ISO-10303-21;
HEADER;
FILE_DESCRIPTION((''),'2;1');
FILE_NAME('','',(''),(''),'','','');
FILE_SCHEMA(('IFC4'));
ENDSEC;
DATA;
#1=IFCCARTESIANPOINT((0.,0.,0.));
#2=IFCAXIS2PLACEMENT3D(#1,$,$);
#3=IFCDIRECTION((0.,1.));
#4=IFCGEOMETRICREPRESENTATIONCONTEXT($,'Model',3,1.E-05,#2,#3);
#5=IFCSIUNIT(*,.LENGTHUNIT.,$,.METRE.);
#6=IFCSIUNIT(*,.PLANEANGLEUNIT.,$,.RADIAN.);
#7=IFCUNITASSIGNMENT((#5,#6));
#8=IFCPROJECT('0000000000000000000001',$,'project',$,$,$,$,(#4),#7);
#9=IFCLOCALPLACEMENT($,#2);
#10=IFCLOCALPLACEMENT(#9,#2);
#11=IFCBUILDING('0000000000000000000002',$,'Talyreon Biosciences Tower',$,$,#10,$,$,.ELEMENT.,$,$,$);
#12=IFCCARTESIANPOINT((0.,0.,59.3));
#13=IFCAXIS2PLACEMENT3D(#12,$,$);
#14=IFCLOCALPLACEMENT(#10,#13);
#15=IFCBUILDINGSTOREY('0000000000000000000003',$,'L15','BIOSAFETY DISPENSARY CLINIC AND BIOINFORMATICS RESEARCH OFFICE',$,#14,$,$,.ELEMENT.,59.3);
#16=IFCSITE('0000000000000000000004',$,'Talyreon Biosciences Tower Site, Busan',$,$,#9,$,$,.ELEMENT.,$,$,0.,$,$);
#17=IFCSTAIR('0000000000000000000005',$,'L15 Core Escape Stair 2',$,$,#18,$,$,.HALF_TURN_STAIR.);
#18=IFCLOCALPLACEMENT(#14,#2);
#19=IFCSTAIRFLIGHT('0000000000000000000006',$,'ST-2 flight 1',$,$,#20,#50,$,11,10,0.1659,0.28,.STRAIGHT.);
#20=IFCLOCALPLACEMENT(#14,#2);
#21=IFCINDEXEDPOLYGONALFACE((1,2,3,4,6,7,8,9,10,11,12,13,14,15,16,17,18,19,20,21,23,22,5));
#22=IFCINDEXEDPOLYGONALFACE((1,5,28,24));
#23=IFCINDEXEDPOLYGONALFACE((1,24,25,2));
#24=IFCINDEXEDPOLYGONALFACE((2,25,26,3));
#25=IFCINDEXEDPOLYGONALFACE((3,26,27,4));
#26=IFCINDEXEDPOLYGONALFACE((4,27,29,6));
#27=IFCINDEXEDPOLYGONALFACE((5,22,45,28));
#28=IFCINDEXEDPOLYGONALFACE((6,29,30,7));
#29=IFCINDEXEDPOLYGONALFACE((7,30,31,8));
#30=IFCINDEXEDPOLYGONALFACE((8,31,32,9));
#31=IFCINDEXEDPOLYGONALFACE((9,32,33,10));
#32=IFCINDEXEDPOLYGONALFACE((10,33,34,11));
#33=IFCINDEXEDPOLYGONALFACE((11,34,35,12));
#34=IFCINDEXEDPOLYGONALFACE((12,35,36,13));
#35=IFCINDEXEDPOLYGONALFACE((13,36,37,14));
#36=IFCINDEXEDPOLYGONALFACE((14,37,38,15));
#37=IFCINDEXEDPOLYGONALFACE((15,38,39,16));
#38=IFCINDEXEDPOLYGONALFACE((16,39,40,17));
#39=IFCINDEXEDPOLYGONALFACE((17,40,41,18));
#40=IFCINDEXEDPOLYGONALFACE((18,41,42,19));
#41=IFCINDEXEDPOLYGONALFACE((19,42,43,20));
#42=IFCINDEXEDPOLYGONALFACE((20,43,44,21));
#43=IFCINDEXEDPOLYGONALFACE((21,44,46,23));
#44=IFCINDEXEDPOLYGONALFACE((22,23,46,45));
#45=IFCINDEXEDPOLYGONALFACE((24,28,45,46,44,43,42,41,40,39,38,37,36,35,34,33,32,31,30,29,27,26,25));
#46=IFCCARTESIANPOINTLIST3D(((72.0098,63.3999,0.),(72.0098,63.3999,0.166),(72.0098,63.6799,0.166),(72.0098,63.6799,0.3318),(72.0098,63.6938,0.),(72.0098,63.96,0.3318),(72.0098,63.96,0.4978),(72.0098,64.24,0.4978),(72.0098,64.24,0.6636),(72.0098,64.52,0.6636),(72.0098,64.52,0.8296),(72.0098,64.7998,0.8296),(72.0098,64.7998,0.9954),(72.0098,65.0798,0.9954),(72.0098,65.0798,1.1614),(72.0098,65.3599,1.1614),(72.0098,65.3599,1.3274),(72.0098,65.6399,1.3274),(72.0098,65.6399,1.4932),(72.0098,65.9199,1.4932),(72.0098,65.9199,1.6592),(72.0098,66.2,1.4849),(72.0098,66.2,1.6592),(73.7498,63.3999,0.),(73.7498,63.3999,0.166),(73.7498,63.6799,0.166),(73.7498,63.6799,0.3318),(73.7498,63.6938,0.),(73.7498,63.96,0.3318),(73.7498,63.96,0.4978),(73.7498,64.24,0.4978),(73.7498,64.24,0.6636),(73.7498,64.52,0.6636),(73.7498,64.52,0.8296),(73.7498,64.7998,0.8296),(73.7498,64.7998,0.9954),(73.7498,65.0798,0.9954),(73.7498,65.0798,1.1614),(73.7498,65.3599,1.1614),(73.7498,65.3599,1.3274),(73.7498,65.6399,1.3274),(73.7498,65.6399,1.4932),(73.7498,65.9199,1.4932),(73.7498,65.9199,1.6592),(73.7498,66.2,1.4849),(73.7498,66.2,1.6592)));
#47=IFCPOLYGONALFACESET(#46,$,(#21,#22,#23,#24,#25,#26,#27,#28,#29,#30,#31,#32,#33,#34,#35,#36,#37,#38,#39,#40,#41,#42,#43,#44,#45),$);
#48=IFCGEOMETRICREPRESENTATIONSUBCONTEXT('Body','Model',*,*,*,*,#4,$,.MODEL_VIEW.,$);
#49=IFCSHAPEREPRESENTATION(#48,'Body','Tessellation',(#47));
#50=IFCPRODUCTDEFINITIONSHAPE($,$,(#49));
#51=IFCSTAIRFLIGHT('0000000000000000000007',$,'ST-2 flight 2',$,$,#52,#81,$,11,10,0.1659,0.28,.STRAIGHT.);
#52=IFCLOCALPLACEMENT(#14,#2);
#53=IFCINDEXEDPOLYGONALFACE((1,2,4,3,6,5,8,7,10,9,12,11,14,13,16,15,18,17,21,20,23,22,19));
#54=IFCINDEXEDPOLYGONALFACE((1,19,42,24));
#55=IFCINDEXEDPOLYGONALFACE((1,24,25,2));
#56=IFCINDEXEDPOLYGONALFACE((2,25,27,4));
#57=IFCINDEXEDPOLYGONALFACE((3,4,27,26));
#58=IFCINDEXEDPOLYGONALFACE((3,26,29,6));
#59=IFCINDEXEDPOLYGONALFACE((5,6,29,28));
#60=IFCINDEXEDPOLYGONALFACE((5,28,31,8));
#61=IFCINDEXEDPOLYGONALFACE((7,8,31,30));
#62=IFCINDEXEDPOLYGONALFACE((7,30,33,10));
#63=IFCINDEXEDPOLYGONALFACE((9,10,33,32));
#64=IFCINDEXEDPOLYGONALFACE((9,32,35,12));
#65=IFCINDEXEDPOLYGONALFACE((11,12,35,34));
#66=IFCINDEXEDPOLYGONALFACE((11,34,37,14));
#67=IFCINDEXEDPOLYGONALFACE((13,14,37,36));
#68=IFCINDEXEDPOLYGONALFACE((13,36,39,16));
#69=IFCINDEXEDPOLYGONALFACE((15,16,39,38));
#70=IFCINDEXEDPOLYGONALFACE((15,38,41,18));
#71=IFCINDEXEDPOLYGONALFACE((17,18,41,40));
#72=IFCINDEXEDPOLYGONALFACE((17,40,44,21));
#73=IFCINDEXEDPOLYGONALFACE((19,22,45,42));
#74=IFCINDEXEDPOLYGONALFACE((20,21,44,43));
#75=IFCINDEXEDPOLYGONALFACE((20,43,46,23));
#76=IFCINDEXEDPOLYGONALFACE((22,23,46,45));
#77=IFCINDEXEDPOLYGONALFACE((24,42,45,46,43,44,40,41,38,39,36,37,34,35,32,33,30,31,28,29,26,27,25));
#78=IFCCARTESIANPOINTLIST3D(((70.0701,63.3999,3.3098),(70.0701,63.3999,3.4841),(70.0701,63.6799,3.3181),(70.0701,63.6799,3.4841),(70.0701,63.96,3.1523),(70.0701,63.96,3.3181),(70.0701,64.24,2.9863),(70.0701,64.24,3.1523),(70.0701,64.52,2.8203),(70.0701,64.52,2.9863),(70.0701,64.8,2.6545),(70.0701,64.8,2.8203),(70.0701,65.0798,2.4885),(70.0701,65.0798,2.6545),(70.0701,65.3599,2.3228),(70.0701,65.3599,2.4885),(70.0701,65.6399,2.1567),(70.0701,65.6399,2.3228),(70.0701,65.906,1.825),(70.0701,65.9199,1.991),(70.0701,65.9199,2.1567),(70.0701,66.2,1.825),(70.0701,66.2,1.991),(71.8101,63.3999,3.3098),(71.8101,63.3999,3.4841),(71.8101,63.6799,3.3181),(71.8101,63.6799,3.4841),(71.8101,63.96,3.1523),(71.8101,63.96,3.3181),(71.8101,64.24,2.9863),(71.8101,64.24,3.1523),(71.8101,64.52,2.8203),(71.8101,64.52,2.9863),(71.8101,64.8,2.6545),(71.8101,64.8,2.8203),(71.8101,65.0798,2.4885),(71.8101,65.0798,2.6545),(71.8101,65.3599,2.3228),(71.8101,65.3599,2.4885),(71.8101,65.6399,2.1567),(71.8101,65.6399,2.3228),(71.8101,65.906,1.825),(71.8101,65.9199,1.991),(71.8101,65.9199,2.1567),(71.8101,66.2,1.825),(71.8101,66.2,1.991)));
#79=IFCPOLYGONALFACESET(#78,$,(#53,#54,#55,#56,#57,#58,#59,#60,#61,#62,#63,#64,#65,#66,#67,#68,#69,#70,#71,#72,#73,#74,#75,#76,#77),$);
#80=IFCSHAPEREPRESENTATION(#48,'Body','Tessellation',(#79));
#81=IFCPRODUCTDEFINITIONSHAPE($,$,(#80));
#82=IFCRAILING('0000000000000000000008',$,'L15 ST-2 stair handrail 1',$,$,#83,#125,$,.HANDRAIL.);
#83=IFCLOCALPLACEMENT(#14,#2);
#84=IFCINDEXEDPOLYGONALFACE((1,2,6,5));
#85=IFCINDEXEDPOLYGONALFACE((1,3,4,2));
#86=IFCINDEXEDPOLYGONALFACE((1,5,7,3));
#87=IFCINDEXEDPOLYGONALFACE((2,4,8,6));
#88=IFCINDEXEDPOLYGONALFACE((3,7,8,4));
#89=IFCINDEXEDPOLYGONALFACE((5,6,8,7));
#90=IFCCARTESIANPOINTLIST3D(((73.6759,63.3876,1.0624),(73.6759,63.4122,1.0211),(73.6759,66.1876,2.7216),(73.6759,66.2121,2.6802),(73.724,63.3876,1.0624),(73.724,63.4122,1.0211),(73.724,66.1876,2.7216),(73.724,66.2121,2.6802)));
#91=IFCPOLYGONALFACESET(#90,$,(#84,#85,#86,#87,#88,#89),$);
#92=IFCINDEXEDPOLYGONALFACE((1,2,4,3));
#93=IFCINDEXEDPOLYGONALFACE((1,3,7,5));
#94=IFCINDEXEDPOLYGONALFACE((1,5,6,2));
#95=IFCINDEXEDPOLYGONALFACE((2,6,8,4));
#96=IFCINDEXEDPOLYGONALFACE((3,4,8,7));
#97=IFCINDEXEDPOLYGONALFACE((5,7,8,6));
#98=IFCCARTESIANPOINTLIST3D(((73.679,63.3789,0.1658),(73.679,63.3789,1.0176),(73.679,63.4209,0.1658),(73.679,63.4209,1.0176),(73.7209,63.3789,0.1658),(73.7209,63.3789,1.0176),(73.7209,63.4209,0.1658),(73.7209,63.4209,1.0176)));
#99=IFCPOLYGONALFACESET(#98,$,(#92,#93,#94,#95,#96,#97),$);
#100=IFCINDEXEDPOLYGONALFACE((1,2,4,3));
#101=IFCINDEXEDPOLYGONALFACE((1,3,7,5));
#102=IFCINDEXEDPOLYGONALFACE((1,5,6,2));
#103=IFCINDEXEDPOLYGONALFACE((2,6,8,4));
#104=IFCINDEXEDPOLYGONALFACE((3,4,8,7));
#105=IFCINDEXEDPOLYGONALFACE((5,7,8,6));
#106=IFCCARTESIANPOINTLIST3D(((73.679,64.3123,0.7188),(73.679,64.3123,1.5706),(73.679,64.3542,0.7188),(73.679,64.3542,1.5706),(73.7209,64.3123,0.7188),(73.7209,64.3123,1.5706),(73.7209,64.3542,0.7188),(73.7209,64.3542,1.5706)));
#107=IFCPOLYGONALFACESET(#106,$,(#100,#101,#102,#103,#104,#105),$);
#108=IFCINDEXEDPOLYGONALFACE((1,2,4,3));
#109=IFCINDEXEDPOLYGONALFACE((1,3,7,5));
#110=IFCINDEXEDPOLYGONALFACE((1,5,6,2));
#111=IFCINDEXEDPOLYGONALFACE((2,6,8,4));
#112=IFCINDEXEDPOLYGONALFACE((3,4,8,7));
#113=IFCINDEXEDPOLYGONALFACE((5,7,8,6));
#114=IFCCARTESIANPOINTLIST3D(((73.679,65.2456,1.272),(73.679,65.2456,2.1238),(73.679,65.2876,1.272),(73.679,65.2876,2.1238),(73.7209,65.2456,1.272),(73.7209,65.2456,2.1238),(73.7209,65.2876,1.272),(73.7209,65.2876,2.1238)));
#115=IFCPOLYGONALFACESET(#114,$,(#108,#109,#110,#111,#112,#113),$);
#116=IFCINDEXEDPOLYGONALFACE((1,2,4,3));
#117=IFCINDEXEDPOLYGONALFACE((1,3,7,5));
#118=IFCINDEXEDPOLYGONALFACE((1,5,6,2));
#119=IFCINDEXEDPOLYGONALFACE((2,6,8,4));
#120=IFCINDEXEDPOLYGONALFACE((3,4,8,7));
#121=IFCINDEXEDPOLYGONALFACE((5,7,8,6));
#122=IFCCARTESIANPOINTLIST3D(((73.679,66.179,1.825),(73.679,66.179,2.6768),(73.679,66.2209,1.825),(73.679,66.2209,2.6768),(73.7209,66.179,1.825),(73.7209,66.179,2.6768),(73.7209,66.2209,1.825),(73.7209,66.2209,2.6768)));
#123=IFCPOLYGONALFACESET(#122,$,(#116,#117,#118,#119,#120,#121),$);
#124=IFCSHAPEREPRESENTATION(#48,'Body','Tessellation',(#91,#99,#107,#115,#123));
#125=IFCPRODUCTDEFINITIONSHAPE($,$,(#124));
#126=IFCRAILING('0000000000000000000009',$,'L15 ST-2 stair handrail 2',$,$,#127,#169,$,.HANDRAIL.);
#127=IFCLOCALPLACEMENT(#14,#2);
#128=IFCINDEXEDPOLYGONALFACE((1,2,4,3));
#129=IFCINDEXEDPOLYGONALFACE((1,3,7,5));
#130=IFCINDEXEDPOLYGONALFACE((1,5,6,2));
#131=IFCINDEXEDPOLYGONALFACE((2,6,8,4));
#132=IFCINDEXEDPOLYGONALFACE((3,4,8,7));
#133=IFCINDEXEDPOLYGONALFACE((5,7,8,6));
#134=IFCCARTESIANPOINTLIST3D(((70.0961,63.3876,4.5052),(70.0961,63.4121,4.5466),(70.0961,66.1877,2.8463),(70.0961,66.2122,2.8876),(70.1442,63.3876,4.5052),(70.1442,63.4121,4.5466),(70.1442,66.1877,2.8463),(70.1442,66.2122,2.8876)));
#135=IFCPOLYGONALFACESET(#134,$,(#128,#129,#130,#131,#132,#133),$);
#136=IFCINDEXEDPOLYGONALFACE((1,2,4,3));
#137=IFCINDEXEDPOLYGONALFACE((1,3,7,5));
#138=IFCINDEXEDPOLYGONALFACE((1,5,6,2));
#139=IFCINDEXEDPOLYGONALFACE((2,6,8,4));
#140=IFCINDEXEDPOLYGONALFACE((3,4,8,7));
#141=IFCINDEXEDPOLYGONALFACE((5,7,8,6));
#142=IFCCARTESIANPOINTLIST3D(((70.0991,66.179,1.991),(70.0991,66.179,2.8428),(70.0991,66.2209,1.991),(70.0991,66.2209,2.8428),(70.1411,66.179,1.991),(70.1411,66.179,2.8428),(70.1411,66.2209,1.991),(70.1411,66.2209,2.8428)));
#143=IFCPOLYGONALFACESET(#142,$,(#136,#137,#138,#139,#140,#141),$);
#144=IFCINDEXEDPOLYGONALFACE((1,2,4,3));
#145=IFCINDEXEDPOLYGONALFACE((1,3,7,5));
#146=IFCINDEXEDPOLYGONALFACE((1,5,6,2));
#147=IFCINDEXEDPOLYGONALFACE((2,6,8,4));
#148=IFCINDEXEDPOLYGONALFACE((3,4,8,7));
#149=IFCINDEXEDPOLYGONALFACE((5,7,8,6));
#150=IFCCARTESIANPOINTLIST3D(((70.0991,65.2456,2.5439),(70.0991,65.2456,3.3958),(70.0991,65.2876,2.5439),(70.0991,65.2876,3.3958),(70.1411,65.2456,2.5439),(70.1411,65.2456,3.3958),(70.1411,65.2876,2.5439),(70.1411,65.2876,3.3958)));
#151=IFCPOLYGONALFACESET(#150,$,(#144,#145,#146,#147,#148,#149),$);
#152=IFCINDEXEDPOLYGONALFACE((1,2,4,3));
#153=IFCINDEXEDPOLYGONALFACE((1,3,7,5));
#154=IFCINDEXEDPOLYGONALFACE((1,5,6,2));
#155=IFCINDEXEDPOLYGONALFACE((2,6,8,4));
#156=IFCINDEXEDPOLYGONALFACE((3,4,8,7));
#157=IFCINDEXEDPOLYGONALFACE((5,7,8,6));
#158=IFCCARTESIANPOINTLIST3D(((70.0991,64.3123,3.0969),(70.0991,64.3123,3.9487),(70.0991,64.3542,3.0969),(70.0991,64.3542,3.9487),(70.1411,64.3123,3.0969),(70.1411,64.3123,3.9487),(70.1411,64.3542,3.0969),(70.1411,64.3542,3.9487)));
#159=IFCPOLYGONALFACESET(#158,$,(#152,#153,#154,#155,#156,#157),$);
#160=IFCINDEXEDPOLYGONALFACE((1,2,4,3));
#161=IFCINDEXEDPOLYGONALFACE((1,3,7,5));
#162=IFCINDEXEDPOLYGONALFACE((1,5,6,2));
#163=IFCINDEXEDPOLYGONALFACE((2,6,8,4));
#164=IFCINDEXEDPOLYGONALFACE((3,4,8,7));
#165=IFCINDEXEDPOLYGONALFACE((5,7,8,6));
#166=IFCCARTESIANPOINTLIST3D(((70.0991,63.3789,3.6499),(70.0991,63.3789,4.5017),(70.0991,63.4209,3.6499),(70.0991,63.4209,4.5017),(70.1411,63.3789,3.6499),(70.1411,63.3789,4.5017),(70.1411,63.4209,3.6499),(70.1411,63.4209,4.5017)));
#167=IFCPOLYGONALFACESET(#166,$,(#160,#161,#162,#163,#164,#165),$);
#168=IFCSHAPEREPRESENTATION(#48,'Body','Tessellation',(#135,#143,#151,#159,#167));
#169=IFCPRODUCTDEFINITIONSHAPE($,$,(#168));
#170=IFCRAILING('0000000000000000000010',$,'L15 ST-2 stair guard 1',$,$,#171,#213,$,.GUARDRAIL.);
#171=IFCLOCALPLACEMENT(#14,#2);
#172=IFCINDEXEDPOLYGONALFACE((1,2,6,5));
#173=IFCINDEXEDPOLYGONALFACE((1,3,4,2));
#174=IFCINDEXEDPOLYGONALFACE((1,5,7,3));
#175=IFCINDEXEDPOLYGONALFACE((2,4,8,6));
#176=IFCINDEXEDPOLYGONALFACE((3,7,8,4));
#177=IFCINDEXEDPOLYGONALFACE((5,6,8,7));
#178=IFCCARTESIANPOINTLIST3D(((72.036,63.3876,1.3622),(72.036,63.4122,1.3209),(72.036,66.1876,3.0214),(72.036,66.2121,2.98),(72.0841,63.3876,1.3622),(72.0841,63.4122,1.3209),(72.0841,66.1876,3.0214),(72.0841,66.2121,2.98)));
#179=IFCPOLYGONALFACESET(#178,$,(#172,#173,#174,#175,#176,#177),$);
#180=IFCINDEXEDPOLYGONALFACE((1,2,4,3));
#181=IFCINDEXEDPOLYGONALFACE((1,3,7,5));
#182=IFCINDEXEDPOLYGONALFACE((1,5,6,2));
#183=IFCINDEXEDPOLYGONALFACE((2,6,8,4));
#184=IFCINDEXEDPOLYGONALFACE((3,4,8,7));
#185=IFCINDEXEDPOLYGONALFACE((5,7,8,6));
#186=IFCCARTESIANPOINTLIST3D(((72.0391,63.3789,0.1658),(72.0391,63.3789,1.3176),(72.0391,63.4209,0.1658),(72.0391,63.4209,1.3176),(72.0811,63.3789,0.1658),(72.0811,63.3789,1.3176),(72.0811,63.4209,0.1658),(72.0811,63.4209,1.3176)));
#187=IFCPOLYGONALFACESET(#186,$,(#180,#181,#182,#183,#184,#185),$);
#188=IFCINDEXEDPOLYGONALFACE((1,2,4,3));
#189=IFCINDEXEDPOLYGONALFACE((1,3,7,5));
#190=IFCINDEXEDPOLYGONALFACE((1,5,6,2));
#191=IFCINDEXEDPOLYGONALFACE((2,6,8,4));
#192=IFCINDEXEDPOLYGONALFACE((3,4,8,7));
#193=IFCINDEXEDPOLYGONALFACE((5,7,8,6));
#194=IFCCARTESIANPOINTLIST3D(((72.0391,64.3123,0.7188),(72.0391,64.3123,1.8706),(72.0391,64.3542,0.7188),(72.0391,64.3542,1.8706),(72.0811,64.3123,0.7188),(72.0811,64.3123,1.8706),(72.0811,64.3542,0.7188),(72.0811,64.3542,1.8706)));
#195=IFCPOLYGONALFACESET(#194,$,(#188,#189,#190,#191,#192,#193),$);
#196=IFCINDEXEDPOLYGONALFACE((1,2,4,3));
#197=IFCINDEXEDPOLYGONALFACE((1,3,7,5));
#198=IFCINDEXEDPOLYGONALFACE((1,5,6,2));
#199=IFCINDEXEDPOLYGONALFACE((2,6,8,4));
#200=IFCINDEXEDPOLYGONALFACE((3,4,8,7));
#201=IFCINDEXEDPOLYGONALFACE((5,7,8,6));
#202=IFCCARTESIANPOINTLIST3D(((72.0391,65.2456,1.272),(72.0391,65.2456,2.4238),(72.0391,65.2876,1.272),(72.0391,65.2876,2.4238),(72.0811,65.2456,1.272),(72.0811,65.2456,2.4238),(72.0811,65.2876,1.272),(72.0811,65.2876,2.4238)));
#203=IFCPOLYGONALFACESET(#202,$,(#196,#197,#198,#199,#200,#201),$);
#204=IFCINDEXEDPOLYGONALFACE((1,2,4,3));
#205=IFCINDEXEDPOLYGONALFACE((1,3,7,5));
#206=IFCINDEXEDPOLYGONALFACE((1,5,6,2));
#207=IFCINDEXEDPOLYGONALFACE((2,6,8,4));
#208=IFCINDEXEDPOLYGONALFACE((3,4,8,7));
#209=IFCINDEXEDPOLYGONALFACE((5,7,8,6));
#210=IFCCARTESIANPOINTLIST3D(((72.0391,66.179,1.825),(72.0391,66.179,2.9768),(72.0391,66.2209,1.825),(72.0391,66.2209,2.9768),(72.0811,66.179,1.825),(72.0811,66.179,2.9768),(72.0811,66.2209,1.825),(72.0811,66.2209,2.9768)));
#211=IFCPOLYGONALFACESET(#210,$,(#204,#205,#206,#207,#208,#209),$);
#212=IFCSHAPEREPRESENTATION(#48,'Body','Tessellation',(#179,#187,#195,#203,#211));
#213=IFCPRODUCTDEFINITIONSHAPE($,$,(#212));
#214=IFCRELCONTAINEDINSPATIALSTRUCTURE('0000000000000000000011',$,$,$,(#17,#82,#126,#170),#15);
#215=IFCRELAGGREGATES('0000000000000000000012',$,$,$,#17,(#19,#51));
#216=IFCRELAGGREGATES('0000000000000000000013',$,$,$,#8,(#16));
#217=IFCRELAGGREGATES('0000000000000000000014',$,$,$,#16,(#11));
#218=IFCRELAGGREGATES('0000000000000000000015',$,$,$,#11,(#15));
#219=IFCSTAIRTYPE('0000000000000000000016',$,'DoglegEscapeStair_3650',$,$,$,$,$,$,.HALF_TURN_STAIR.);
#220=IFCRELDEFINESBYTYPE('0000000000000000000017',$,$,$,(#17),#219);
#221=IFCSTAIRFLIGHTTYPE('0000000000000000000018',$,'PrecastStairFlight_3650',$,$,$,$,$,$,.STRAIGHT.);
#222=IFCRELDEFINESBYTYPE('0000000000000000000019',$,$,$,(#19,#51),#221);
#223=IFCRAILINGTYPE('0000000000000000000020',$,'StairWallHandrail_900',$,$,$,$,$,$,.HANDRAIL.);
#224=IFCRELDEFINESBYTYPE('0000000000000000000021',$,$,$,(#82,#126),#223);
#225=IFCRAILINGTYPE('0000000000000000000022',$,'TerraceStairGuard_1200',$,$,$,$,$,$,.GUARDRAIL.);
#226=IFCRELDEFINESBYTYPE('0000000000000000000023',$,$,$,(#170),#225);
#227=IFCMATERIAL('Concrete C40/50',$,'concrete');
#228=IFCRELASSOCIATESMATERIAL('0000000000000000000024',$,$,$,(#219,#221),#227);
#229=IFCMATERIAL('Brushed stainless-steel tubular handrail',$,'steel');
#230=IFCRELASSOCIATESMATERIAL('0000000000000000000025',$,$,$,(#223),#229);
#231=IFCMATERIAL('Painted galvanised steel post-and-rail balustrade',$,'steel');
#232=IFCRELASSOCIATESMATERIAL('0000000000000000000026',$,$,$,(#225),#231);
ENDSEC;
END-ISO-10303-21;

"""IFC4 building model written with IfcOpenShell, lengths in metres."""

from ifc_helpers import new_model, si_unit, direction, frame, origin, origin_2d, place, context, subcontext, project, spatial, polyline, rectangle, outline, extrude, material, type_object, element, aggregate, save


model = new_model("IFC4")

# Units and contexts
model_context = context("Model", 3, precision=1e-05, world=origin(), true_north=direction((0.0, 1.0)))
body_context = subcontext(model_context, "Body", "Model", "MODEL_VIEW")
ifc_project = project(units=[si_unit("LENGTHUNIT", "METRE"), si_unit("PLANEANGLEUNIT", "RADIAN")], contexts=[model_context])

# Site, building, storey
site_placement = place(None, origin())
site = spatial("IfcSite", under=ifc_project, at=site_placement, Name="Talyreon Biosciences Tower Site, Busan", CompositionType="ELEMENT", RefElevation=0.0)
building_placement = place(site_placement, origin())
building = spatial("IfcBuilding", under=site, at=building_placement, Name="Talyreon Biosciences Tower", CompositionType="ELEMENT")
storey_placement = place(building_placement, frame((0.0, 0.0, 59.3)))
storey = spatial("IfcBuildingStorey", under=building, at=storey_placement, Name="L15", Description="BIOSAFETY DISPENSARY CLINIC AND BIOINFORMATICS RESEARCH OFFICE", CompositionType="ELEMENT", Elevation=59.3)

# Stair, stair flights
ifc_material_1 = material(Name="Concrete C40/50", Category="concrete")
stair_type = type_object("IfcStairType", Name="DoglegEscapeStair_3650", PredefinedType="HALF_TURN_STAIR", material=ifc_material_1)
stair_placement = place(storey_placement, origin())
stair = element("IfcStair", 1, at=stair_placement, inside=storey, type_object=stair_type, Name="L15 Core Escape Stair 2", PredefinedType="HALF_TURN_STAIR")
stair_flight_type = type_object("IfcStairFlightType", Name="PrecastStairFlight_3650", PredefinedType="STRAIGHT", material=ifc_material_1)
stair_flight_1_placement = place(storey_placement, frame((72.8799, 63.3999, 0.0), z_axis=(0.0, 0.0, 1.0), x_axis=(0.0, 1.0, 0.0)))
stair_flight_1 = element("IfcStairFlight", 2, at=stair_flight_1_placement, type_object=stair_flight_type, Name="ST-2 flight 1", NumberOfRisers=11, NumberOfTreads=10, PredefinedType="STRAIGHT", RiserHeight=0.1659, TreadLength=0.28, context=body_context, shape_type="SweptSolid", body=[
    extrude(outline(polyline([(0.0, 0.0), (0.0, 0.166), (0.28, 0.166), (0.28, 0.3318), (0.5601, 0.3318), (0.5601, 0.4978), (0.8401, 0.4978), (0.8401, 0.6636), (1.1201, 0.6636), (1.1201, 0.8296), (1.3999, 0.8296), (1.3999, 0.9954), (1.6799, 0.9954), (1.6799, 1.1614), (1.96, 1.1614), (1.96, 1.3274), (2.24, 1.3274), (2.24, 1.4932), (2.52, 1.4932), (2.52, 1.6592), (2.8, 1.6592), (2.8, 1.825), (2.8, 1.4849), (0.2939, 0.0), (0.0, 0.0)])), frame((0.0, 0.8701, 0.0), z_axis=(0.0, -1.0, 0.0), x_axis=(1.0, 0.0, 0.0)), (0.0, 0.0, 1.0), 1.74),
])
stair_flight_2_placement = place(storey_placement, frame((70.9399, 66.2, 1.825), z_axis=(0.0, 0.0, 1.0), x_axis=(0.0, -1.0, 0.0)))
stair_flight_2 = element("IfcStairFlight", 3, at=stair_flight_2_placement, type_object=stair_flight_type, Name="ST-2 flight 2", NumberOfRisers=11, NumberOfTreads=10, PredefinedType="STRAIGHT", RiserHeight=0.1659, TreadLength=0.28, context=body_context, shape_type="SweptSolid", body=[
    extrude(outline(polyline([(0.0, 0.0), (0.0, 0.166), (0.28, 0.166), (0.28, 0.3318), (0.5601, 0.3318), (0.5601, 0.4978), (0.8401, 0.4978), (0.8401, 0.6636), (1.1201, 0.6636), (1.1201, 0.8296), (1.3999, 0.8296), (1.3999, 0.9954), (1.6799, 0.9954), (1.6799, 1.1614), (1.96, 1.1614), (1.96, 1.3274), (2.24, 1.3274), (2.24, 1.4932), (2.52, 1.4932), (2.52, 1.6592), (2.8, 1.6592), (2.8, 1.825), (2.8, 1.4849), (0.2939, 0.0), (0.0, 0.0)])), frame((0.0, 0.8701, 0.0), z_axis=(0.0, -1.0, 0.0), x_axis=(1.0, 0.0, 0.0)), (0.0, 0.0, 1.0), 1.74),
])
aggregate(stair, [stair_flight_1, stair_flight_2])

# Railings
ifc_material_2 = material(Name="Brushed stainless-steel tubular handrail", Category="steel")
railing_type_1 = type_object("IfcRailingType", Name="StairWallHandrail_900", PredefinedType="HANDRAIL", material=ifc_material_2)
railing_1_placement = place(storey_placement, frame((73.7, 63.3999, 0.1658)))
element("IfcRailing", 4, at=railing_1_placement, inside=storey, type_object=railing_type_1, Name="L15 ST-2 stair handrail 1", PredefinedType="HANDRAIL", context=body_context, shape_type="SweptSolid", body=[
    extrude(rectangle(XDim=0.0481, YDim=0.0481, at=origin_2d()), frame((0.0, 0.0, 0.876), z_axis=(0.0, 0.860306, 0.509778), x_axis=(-1.0, 0.0, 0.0)), (0.0, 0.0, 1.0), 3.2546),
    extrude(rectangle(XDim=0.042, YDim=0.042, at=origin_2d()), origin(), (0.0, 0.0, 1.0), 0.8518),
    extrude(rectangle(XDim=0.042, YDim=0.042, at=origin_2d()), frame((0.0, 0.9333, 0.553)), (0.0, 0.0, 1.0), 0.8518),
    extrude(rectangle(XDim=0.042, YDim=0.042, at=origin_2d()), frame((0.0, 1.8667, 1.1062)), (0.0, 0.0, 1.0), 0.8518),
    extrude(rectangle(XDim=0.042, YDim=0.042, at=origin_2d()), frame((0.0, 2.8, 1.6592)), (0.0, 0.0, 1.0), 0.8518),
])
railing_2_placement = place(storey_placement, frame((70.1201, 66.2, 1.991)))
element("IfcRailing", 5, at=railing_2_placement, inside=storey, type_object=railing_type_1, Name="L15 ST-2 stair handrail 2", PredefinedType="HANDRAIL", context=body_context, shape_type="SweptSolid", body=[
    extrude(rectangle(XDim=0.0481, YDim=0.0481, at=origin_2d()), frame((0.0, 0.0, 0.876), z_axis=(0.0, -0.860339, 0.509722), x_axis=(1.0, 0.0, 0.0)), (0.0, 0.0, 1.0), 3.2546),
    extrude(rectangle(XDim=0.042, YDim=0.042, at=origin_2d()), origin(), (0.0, 0.0, 1.0), 0.8518),
    extrude(rectangle(XDim=0.042, YDim=0.042, at=origin_2d()), frame((0.0, -0.9333, 0.553)), (0.0, 0.0, 1.0), 0.8518),
    extrude(rectangle(XDim=0.042, YDim=0.042, at=origin_2d()), frame((0.0, -1.8667, 1.106)), (0.0, 0.0, 1.0), 0.8518),
    extrude(rectangle(XDim=0.042, YDim=0.042, at=origin_2d()), frame((0.0, -2.8, 1.6589)), (0.0, 0.0, 1.0), 0.8518),
])
ifc_material_3 = material(Name="Painted galvanised steel post-and-rail balustrade", Category="steel")
railing_type_2 = type_object("IfcRailingType", Name="TerraceStairGuard_1200", PredefinedType="GUARDRAIL", material=ifc_material_3)
railing_3_placement = place(storey_placement, frame((72.0601, 63.3999, 0.1658)))
element("IfcRailing", 6, at=railing_3_placement, inside=storey, type_object=railing_type_2, Name="L15 ST-2 stair guard 1", PredefinedType="GUARDRAIL", context=body_context, shape_type="SweptSolid", body=[
    extrude(rectangle(XDim=0.0481, YDim=0.0481, at=origin_2d()), frame((0.0, 0.0, 1.1758), z_axis=(0.0, 0.860306, 0.509778), x_axis=(-1.0, 0.0, 0.0)), (0.0, 0.0, 1.0), 3.2546),
    extrude(rectangle(XDim=0.042, YDim=0.042, at=origin_2d()), origin(), (0.0, 0.0, 1.0), 1.1519),
    extrude(rectangle(XDim=0.042, YDim=0.042, at=origin_2d()), frame((0.0, 0.9333, 0.553)), (0.0, 0.0, 1.0), 1.1519),
    extrude(rectangle(XDim=0.042, YDim=0.042, at=origin_2d()), frame((0.0, 1.8667, 1.1062)), (0.0, 0.0, 1.0), 1.1519),
    extrude(rectangle(XDim=0.042, YDim=0.042, at=origin_2d()), frame((0.0, 2.8, 1.6592)), (0.0, 0.0, 1.0), 1.1519),
])

save(model, "model.ifc")
